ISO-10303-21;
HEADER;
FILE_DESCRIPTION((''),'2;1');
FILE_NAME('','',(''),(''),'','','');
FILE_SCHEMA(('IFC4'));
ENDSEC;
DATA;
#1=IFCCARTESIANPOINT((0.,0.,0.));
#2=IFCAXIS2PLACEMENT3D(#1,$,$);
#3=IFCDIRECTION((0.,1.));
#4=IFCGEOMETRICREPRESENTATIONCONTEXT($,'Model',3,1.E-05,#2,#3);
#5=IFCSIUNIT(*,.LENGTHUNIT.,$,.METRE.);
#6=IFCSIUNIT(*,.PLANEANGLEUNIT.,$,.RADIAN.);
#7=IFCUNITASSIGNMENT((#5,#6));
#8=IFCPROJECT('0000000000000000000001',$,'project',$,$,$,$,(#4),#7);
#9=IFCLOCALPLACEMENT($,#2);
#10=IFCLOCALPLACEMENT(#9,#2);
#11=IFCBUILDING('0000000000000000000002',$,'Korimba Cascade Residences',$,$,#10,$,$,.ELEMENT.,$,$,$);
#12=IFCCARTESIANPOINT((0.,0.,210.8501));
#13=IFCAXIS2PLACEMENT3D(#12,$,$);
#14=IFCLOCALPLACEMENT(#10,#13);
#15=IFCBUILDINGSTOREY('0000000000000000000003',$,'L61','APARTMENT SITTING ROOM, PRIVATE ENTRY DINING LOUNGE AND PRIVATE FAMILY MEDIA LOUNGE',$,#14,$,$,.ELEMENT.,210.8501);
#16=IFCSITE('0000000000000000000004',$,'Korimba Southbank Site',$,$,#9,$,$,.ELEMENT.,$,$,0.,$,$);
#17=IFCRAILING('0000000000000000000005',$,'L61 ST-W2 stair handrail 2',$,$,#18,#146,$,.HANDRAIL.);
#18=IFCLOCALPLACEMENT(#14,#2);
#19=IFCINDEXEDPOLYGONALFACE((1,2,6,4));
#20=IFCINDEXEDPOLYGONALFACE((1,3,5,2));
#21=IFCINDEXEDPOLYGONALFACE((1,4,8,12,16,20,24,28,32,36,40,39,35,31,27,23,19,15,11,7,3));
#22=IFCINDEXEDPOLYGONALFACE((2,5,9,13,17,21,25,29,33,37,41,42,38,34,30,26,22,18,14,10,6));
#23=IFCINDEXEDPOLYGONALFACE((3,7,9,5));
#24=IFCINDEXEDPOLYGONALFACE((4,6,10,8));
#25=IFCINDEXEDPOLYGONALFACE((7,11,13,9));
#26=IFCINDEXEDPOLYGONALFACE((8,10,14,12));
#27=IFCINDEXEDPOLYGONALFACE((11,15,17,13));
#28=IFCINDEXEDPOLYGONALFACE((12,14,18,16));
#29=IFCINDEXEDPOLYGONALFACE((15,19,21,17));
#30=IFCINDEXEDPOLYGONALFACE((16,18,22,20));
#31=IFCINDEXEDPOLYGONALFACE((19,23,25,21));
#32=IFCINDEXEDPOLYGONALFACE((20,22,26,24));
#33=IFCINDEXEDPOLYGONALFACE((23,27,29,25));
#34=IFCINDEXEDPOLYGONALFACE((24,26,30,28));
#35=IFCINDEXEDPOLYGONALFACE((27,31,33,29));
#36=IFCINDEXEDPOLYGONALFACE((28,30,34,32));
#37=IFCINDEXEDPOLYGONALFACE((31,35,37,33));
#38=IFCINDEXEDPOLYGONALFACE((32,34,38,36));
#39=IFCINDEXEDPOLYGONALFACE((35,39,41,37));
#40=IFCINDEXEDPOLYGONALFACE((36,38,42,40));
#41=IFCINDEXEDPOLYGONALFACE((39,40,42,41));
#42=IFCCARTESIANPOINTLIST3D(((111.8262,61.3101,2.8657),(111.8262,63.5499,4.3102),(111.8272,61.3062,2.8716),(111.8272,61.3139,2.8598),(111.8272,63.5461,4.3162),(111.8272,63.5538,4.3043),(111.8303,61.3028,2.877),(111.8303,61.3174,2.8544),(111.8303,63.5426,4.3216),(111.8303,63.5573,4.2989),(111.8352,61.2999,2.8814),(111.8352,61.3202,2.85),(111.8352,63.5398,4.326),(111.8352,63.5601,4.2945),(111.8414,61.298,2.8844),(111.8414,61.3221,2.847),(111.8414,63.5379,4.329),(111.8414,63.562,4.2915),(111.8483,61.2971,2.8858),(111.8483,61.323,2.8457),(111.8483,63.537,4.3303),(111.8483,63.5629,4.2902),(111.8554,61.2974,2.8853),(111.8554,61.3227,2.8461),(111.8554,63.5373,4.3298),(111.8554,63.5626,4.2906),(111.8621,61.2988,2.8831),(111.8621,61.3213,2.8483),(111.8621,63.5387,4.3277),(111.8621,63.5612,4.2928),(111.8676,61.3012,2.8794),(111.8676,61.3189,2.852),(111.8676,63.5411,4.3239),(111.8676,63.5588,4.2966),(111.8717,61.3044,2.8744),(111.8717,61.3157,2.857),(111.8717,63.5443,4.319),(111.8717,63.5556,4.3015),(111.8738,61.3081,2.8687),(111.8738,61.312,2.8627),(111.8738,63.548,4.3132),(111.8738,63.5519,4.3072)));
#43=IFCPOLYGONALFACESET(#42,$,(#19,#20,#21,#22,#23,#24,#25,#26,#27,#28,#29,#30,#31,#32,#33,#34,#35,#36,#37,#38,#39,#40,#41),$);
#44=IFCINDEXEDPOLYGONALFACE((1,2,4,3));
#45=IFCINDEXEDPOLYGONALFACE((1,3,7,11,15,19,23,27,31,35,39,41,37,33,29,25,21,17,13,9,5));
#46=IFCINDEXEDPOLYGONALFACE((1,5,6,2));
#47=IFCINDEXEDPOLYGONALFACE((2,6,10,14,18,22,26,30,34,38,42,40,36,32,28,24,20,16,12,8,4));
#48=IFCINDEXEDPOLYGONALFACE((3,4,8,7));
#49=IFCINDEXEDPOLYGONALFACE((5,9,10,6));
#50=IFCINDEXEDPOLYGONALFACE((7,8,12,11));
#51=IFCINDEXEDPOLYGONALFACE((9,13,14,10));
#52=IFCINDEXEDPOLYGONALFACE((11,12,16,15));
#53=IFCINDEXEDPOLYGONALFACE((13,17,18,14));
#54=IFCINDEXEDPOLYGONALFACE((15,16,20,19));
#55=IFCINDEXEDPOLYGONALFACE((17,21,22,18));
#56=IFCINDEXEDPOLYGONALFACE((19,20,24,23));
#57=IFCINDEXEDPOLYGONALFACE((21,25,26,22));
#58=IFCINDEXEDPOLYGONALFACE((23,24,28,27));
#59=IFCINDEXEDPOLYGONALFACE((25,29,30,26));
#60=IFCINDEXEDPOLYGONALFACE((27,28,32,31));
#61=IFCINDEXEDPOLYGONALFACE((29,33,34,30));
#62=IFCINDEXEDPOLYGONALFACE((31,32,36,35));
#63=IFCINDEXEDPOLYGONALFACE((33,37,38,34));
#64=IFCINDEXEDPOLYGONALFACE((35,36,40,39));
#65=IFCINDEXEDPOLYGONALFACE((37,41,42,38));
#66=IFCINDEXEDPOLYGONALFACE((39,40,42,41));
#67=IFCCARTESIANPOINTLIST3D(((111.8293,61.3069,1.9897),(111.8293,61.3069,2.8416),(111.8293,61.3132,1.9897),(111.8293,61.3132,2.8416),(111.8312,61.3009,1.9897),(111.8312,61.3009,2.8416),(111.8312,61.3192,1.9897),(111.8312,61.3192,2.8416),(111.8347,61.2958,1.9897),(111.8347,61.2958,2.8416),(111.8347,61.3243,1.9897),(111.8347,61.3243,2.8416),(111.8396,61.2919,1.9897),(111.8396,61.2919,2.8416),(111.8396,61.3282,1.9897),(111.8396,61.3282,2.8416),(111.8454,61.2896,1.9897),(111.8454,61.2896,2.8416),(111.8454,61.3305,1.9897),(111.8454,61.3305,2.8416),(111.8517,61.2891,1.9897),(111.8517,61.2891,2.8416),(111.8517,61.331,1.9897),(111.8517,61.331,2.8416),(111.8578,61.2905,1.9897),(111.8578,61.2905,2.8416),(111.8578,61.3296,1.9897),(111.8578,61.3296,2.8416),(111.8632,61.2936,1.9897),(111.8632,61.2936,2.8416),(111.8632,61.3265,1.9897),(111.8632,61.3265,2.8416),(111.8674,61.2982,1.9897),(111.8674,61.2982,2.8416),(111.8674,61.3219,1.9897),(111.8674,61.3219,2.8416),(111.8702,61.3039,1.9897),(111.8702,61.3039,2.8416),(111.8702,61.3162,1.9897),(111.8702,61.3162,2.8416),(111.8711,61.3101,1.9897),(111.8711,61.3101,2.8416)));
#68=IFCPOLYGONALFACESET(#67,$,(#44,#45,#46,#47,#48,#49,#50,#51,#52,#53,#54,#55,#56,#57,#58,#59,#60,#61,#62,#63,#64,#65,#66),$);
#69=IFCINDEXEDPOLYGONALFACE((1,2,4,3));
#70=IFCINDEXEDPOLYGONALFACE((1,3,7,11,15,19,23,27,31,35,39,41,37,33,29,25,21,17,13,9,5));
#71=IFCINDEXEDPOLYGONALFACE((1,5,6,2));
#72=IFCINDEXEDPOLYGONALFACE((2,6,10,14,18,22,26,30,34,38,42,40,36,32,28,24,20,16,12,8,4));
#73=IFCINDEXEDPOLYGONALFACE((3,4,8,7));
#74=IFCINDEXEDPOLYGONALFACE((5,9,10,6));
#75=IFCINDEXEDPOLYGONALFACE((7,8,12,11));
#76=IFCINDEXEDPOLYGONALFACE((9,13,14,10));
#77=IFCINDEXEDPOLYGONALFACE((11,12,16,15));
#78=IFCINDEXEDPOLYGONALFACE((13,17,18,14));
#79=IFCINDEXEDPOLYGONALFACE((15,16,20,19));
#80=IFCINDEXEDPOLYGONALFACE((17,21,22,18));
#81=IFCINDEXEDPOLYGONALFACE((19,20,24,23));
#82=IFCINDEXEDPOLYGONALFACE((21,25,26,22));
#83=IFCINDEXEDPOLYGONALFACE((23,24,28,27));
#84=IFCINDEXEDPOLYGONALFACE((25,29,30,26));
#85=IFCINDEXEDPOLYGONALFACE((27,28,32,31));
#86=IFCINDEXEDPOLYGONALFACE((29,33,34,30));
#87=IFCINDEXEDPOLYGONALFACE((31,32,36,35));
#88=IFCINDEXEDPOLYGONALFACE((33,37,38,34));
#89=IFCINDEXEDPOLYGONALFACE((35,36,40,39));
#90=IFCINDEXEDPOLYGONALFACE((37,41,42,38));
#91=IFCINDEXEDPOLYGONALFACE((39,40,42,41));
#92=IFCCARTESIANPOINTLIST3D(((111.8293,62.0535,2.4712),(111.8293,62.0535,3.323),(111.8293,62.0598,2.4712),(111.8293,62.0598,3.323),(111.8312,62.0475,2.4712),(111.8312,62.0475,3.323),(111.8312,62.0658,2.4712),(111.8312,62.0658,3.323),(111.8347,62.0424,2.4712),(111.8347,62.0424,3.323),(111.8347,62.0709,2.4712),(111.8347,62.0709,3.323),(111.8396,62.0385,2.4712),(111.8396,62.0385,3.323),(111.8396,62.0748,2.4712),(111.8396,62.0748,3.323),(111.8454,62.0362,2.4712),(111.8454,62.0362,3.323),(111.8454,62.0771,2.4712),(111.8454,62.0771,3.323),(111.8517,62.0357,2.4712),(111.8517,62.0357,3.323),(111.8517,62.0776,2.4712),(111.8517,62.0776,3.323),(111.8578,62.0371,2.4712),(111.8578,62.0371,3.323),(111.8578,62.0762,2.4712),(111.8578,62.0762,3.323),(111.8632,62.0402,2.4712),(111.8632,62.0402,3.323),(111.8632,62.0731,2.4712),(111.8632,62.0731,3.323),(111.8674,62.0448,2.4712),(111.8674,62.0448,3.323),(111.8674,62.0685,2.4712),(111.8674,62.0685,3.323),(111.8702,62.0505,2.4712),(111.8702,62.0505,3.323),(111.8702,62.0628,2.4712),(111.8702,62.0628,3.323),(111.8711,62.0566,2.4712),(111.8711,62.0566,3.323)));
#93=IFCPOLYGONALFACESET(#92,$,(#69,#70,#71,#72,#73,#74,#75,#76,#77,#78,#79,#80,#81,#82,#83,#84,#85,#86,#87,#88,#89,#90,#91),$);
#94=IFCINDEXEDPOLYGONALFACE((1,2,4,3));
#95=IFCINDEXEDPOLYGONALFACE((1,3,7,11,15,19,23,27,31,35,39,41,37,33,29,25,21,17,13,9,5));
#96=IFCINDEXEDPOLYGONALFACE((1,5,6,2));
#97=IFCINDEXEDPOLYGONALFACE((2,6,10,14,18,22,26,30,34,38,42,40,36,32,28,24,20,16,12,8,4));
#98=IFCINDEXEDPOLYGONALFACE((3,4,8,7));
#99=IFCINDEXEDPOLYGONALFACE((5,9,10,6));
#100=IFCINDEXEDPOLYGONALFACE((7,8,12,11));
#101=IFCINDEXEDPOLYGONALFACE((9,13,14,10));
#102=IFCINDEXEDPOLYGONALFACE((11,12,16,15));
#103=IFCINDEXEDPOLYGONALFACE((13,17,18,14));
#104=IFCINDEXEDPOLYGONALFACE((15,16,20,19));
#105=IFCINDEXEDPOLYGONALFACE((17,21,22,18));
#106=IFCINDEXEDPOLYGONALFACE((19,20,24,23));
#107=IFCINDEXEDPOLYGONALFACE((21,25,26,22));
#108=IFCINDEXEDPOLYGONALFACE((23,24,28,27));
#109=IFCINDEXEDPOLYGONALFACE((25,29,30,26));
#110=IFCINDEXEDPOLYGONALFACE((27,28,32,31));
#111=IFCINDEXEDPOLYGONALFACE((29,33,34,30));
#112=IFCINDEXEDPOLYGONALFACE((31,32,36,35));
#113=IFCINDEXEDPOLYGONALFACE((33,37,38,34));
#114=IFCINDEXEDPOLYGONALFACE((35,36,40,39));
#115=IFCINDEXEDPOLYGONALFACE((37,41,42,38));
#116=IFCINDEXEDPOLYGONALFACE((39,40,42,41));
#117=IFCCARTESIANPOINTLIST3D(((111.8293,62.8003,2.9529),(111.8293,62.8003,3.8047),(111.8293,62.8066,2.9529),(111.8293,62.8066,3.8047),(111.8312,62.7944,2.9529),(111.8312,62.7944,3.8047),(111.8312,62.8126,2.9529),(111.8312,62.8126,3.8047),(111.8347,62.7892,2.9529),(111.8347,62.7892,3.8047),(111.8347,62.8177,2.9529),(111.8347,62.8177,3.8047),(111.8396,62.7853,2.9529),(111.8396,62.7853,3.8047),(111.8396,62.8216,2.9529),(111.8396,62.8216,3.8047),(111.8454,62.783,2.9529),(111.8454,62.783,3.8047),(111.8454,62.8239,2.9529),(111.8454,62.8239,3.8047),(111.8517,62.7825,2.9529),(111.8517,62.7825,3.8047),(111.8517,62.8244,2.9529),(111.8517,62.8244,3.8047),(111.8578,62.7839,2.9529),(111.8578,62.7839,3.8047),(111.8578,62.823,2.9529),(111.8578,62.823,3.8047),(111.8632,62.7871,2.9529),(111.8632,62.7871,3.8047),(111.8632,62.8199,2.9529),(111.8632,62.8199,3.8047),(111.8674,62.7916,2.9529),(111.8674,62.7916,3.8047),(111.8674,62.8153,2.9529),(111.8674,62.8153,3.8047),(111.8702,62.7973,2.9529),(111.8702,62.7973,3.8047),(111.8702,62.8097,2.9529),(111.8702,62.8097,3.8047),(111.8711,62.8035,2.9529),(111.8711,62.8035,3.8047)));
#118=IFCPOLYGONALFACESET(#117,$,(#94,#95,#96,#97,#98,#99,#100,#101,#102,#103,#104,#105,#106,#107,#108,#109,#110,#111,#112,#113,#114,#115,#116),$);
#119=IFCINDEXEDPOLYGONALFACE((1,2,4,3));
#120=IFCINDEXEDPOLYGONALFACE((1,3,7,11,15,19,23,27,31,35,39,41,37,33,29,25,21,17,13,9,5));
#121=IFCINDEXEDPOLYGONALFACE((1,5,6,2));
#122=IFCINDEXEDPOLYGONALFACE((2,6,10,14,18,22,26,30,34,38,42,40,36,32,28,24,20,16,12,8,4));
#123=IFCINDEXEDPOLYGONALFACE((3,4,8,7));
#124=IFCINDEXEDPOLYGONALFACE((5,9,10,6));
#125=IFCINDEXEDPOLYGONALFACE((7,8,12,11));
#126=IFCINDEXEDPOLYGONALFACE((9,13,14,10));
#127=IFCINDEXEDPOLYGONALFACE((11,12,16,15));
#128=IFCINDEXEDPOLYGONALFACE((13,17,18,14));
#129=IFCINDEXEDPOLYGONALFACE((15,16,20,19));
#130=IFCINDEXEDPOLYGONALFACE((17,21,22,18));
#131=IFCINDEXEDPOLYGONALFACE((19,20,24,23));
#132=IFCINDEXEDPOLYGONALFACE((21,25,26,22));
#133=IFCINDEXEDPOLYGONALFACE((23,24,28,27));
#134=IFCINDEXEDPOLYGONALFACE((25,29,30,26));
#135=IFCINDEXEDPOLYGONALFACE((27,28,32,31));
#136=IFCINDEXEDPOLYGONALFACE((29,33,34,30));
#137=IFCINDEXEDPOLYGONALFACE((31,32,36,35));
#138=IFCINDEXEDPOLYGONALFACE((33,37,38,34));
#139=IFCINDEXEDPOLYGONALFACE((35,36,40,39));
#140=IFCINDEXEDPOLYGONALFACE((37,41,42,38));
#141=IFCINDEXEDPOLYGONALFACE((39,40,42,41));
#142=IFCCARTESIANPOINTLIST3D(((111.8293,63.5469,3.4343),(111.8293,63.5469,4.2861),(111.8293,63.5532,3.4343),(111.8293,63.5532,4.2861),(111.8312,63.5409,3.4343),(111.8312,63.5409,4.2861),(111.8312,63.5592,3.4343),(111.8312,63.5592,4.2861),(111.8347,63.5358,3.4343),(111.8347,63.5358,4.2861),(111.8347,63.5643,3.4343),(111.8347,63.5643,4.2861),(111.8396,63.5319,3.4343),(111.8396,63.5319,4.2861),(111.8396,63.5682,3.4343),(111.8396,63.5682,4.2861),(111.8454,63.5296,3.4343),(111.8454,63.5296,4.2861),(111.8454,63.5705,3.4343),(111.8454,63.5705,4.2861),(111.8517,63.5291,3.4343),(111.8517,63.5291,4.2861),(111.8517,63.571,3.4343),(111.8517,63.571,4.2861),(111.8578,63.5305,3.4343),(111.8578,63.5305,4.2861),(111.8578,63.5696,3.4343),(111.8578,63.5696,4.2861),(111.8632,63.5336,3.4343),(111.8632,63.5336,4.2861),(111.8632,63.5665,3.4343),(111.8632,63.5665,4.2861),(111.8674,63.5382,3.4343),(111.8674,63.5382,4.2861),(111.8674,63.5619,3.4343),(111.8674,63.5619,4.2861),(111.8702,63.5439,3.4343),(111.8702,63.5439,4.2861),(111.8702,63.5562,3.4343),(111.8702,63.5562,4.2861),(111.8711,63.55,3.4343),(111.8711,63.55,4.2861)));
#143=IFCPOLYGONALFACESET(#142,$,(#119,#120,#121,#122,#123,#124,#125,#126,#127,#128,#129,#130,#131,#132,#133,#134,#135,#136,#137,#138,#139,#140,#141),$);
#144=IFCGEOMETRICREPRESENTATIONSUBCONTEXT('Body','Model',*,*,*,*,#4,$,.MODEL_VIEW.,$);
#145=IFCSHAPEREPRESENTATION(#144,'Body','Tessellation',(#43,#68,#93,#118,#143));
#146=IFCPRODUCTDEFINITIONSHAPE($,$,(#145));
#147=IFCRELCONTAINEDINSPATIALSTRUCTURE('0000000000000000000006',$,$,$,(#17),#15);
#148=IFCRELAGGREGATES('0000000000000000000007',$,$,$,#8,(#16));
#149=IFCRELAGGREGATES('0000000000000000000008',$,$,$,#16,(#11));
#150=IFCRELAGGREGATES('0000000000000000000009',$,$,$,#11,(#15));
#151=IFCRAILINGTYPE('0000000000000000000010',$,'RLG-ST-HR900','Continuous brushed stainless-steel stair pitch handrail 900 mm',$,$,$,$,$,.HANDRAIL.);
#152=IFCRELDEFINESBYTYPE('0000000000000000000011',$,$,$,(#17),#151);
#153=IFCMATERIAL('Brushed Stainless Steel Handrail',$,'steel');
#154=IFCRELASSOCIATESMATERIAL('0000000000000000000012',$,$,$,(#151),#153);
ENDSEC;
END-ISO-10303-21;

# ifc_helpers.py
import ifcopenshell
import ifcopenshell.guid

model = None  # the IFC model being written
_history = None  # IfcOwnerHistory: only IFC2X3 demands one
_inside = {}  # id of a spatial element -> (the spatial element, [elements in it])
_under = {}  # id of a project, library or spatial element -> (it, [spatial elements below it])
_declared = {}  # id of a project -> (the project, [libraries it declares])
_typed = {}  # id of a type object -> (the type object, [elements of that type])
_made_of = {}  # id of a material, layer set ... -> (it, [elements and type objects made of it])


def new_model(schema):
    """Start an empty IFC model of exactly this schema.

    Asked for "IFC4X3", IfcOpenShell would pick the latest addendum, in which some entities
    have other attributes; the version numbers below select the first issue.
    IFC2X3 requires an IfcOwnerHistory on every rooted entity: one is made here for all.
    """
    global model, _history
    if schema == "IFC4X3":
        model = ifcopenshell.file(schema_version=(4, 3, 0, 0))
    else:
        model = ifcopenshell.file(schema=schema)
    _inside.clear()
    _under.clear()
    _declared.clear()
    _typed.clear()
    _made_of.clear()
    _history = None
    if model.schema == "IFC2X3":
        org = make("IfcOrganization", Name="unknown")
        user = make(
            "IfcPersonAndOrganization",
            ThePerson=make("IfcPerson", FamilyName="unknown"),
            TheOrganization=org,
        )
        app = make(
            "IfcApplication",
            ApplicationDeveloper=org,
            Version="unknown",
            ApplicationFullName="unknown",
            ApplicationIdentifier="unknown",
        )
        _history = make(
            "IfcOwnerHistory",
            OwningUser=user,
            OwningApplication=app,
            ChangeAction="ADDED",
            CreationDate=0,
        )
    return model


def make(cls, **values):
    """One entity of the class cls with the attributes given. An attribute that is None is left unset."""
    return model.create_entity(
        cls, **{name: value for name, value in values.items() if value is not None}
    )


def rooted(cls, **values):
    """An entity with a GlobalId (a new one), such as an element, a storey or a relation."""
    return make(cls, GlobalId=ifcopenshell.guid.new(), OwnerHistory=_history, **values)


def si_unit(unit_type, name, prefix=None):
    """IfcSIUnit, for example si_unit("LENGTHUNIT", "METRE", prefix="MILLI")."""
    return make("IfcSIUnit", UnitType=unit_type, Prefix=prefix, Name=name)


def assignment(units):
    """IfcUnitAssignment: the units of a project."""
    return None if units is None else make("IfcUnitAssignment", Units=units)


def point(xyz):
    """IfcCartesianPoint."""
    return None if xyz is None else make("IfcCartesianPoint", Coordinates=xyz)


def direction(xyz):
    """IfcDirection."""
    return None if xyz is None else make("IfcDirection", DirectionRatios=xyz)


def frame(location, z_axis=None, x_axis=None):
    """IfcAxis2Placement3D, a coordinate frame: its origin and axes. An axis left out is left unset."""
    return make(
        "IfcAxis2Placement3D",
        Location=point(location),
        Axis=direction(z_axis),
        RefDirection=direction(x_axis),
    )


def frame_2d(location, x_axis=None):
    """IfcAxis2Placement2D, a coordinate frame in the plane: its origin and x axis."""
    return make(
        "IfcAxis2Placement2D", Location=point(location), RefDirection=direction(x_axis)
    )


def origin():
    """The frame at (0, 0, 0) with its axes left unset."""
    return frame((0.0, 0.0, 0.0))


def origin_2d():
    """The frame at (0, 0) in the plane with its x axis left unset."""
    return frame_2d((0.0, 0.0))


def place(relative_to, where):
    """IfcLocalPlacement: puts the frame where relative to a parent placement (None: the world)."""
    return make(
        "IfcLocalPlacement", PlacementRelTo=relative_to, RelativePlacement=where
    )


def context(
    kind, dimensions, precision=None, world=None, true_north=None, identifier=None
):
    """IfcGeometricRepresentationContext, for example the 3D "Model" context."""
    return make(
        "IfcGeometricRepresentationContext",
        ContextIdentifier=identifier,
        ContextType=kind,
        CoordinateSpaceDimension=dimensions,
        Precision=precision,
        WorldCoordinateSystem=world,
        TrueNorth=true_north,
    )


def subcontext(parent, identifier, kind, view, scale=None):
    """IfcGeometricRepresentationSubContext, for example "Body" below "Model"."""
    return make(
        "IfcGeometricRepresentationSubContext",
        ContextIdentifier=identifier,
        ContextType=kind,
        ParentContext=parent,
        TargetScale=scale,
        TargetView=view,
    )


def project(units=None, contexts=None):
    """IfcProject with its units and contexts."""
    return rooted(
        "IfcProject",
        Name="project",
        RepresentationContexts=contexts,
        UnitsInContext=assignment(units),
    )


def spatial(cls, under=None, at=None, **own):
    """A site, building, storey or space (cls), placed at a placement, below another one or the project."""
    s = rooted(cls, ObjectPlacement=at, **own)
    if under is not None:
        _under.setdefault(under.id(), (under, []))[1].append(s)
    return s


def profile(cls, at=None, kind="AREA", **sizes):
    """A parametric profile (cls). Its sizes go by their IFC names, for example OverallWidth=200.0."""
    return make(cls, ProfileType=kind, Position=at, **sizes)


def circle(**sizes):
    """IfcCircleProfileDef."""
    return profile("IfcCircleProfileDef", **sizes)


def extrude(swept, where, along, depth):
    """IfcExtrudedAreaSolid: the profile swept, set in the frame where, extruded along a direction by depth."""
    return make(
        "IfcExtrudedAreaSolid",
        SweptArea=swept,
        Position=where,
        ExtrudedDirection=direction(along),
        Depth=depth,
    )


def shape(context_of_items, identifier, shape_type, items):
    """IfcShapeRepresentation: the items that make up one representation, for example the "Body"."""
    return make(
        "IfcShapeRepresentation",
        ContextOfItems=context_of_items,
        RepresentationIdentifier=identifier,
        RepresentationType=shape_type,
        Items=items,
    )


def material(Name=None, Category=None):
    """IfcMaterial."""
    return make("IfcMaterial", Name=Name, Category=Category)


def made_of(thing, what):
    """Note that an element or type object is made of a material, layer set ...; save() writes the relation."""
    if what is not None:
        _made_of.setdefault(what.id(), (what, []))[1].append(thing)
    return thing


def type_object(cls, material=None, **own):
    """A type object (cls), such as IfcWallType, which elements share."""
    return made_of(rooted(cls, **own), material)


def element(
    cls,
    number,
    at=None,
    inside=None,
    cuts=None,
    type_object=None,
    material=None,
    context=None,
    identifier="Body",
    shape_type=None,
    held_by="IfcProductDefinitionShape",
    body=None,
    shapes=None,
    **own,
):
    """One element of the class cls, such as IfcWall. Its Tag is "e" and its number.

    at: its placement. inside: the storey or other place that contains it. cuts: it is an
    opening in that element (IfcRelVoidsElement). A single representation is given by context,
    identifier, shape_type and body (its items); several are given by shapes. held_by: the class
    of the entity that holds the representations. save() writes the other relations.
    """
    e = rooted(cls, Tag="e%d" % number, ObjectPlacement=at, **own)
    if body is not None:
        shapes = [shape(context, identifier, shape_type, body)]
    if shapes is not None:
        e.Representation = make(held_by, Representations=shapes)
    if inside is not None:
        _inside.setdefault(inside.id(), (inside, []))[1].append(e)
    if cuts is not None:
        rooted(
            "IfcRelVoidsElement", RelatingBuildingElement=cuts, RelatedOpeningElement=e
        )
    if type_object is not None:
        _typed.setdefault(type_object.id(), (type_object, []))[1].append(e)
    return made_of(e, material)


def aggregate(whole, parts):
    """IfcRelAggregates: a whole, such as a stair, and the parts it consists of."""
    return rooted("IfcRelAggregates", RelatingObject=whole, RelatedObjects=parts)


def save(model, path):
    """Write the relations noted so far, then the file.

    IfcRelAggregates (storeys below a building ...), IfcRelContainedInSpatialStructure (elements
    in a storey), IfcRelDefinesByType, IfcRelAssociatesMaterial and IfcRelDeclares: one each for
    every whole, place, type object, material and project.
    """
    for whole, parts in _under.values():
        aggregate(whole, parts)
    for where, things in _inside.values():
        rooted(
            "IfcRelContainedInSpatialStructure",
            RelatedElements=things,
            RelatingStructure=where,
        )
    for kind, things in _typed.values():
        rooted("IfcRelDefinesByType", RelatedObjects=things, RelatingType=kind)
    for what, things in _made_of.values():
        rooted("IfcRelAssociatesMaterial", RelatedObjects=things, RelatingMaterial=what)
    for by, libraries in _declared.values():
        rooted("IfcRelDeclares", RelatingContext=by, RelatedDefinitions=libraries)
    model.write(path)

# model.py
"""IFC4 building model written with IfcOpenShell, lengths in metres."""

from ifc_helpers import new_model, si_unit, direction, frame, origin, origin_2d, place, context, subcontext, project, spatial, circle, extrude, material, type_object, element, save


model = new_model("IFC4")

# Units and contexts
model_context = context("Model", 3, precision=1e-05, world=origin(), true_north=direction((0.0, 1.0)))
body_context = subcontext(model_context, "Body", "Model", "MODEL_VIEW")
ifc_project = project(units=[si_unit("LENGTHUNIT", "METRE"), si_unit("PLANEANGLEUNIT", "RADIAN")], contexts=[model_context])

# Site, building, storey
site_placement = place(None, origin())
site = spatial("IfcSite", under=ifc_project, at=site_placement, Name="Korimba Southbank Site", CompositionType="ELEMENT", RefElevation=0.0)
building_placement = place(site_placement, origin())
building = spatial("IfcBuilding", under=site, at=building_placement, Name="Korimba Cascade Residences", CompositionType="ELEMENT")
storey_placement = place(building_placement, frame((0.0, 0.0, 210.8501)))
storey = spatial("IfcBuildingStorey", under=building, at=storey_placement, Name="L61", Description="APARTMENT SITTING ROOM, PRIVATE ENTRY DINING LOUNGE AND PRIVATE FAMILY MEDIA LOUNGE", CompositionType="ELEMENT", Elevation=210.8501)

# Railing
ifc_material_1 = material(Name="Brushed Stainless Steel Handrail", Category="steel")
railing_type_1 = type_object("IfcRailingType", Name="RLG-ST-HR900", Description="Continuous brushed stainless-steel stair pitch handrail 900 mm", PredefinedType="HANDRAIL", material=ifc_material_1)
railing_1_placement = place(storey_placement, frame((111.8501, 61.3101, 1.9897)))
element("IfcRailing", 1, at=railing_1_placement, inside=storey, type_object=railing_type_1, Name="L61 ST-W2 stair handrail 2", PredefinedType="HANDRAIL", context=body_context, shape_type="SweptSolid", body=[
    extrude(circle(Radius=0.0239, at=origin_2d()), frame((0.0, 0.0, 0.876), z_axis=(0.0, 0.840395, 0.541975), x_axis=(-1.0, 0.0, 0.0)), (0.0, 0.0, 1.0), 2.6653),
    extrude(circle(Radius=0.021, at=origin_2d()), origin(), (0.0, 0.0, 1.0), 0.8518),
    extrude(circle(Radius=0.021, at=origin_2d()), frame((0.0, 0.7466, 0.4814)), (0.0, 0.0, 1.0), 0.8518),
    extrude(circle(Radius=0.021, at=origin_2d()), frame((0.0, 1.4934, 0.9631)), (0.0, 0.0, 1.0), 0.8518),
    extrude(circle(Radius=0.021, at=origin_2d()), frame((0.0, 2.24, 1.4446)), (0.0, 0.0, 1.0), 0.8518),
])

save(model, "model.ifc")
